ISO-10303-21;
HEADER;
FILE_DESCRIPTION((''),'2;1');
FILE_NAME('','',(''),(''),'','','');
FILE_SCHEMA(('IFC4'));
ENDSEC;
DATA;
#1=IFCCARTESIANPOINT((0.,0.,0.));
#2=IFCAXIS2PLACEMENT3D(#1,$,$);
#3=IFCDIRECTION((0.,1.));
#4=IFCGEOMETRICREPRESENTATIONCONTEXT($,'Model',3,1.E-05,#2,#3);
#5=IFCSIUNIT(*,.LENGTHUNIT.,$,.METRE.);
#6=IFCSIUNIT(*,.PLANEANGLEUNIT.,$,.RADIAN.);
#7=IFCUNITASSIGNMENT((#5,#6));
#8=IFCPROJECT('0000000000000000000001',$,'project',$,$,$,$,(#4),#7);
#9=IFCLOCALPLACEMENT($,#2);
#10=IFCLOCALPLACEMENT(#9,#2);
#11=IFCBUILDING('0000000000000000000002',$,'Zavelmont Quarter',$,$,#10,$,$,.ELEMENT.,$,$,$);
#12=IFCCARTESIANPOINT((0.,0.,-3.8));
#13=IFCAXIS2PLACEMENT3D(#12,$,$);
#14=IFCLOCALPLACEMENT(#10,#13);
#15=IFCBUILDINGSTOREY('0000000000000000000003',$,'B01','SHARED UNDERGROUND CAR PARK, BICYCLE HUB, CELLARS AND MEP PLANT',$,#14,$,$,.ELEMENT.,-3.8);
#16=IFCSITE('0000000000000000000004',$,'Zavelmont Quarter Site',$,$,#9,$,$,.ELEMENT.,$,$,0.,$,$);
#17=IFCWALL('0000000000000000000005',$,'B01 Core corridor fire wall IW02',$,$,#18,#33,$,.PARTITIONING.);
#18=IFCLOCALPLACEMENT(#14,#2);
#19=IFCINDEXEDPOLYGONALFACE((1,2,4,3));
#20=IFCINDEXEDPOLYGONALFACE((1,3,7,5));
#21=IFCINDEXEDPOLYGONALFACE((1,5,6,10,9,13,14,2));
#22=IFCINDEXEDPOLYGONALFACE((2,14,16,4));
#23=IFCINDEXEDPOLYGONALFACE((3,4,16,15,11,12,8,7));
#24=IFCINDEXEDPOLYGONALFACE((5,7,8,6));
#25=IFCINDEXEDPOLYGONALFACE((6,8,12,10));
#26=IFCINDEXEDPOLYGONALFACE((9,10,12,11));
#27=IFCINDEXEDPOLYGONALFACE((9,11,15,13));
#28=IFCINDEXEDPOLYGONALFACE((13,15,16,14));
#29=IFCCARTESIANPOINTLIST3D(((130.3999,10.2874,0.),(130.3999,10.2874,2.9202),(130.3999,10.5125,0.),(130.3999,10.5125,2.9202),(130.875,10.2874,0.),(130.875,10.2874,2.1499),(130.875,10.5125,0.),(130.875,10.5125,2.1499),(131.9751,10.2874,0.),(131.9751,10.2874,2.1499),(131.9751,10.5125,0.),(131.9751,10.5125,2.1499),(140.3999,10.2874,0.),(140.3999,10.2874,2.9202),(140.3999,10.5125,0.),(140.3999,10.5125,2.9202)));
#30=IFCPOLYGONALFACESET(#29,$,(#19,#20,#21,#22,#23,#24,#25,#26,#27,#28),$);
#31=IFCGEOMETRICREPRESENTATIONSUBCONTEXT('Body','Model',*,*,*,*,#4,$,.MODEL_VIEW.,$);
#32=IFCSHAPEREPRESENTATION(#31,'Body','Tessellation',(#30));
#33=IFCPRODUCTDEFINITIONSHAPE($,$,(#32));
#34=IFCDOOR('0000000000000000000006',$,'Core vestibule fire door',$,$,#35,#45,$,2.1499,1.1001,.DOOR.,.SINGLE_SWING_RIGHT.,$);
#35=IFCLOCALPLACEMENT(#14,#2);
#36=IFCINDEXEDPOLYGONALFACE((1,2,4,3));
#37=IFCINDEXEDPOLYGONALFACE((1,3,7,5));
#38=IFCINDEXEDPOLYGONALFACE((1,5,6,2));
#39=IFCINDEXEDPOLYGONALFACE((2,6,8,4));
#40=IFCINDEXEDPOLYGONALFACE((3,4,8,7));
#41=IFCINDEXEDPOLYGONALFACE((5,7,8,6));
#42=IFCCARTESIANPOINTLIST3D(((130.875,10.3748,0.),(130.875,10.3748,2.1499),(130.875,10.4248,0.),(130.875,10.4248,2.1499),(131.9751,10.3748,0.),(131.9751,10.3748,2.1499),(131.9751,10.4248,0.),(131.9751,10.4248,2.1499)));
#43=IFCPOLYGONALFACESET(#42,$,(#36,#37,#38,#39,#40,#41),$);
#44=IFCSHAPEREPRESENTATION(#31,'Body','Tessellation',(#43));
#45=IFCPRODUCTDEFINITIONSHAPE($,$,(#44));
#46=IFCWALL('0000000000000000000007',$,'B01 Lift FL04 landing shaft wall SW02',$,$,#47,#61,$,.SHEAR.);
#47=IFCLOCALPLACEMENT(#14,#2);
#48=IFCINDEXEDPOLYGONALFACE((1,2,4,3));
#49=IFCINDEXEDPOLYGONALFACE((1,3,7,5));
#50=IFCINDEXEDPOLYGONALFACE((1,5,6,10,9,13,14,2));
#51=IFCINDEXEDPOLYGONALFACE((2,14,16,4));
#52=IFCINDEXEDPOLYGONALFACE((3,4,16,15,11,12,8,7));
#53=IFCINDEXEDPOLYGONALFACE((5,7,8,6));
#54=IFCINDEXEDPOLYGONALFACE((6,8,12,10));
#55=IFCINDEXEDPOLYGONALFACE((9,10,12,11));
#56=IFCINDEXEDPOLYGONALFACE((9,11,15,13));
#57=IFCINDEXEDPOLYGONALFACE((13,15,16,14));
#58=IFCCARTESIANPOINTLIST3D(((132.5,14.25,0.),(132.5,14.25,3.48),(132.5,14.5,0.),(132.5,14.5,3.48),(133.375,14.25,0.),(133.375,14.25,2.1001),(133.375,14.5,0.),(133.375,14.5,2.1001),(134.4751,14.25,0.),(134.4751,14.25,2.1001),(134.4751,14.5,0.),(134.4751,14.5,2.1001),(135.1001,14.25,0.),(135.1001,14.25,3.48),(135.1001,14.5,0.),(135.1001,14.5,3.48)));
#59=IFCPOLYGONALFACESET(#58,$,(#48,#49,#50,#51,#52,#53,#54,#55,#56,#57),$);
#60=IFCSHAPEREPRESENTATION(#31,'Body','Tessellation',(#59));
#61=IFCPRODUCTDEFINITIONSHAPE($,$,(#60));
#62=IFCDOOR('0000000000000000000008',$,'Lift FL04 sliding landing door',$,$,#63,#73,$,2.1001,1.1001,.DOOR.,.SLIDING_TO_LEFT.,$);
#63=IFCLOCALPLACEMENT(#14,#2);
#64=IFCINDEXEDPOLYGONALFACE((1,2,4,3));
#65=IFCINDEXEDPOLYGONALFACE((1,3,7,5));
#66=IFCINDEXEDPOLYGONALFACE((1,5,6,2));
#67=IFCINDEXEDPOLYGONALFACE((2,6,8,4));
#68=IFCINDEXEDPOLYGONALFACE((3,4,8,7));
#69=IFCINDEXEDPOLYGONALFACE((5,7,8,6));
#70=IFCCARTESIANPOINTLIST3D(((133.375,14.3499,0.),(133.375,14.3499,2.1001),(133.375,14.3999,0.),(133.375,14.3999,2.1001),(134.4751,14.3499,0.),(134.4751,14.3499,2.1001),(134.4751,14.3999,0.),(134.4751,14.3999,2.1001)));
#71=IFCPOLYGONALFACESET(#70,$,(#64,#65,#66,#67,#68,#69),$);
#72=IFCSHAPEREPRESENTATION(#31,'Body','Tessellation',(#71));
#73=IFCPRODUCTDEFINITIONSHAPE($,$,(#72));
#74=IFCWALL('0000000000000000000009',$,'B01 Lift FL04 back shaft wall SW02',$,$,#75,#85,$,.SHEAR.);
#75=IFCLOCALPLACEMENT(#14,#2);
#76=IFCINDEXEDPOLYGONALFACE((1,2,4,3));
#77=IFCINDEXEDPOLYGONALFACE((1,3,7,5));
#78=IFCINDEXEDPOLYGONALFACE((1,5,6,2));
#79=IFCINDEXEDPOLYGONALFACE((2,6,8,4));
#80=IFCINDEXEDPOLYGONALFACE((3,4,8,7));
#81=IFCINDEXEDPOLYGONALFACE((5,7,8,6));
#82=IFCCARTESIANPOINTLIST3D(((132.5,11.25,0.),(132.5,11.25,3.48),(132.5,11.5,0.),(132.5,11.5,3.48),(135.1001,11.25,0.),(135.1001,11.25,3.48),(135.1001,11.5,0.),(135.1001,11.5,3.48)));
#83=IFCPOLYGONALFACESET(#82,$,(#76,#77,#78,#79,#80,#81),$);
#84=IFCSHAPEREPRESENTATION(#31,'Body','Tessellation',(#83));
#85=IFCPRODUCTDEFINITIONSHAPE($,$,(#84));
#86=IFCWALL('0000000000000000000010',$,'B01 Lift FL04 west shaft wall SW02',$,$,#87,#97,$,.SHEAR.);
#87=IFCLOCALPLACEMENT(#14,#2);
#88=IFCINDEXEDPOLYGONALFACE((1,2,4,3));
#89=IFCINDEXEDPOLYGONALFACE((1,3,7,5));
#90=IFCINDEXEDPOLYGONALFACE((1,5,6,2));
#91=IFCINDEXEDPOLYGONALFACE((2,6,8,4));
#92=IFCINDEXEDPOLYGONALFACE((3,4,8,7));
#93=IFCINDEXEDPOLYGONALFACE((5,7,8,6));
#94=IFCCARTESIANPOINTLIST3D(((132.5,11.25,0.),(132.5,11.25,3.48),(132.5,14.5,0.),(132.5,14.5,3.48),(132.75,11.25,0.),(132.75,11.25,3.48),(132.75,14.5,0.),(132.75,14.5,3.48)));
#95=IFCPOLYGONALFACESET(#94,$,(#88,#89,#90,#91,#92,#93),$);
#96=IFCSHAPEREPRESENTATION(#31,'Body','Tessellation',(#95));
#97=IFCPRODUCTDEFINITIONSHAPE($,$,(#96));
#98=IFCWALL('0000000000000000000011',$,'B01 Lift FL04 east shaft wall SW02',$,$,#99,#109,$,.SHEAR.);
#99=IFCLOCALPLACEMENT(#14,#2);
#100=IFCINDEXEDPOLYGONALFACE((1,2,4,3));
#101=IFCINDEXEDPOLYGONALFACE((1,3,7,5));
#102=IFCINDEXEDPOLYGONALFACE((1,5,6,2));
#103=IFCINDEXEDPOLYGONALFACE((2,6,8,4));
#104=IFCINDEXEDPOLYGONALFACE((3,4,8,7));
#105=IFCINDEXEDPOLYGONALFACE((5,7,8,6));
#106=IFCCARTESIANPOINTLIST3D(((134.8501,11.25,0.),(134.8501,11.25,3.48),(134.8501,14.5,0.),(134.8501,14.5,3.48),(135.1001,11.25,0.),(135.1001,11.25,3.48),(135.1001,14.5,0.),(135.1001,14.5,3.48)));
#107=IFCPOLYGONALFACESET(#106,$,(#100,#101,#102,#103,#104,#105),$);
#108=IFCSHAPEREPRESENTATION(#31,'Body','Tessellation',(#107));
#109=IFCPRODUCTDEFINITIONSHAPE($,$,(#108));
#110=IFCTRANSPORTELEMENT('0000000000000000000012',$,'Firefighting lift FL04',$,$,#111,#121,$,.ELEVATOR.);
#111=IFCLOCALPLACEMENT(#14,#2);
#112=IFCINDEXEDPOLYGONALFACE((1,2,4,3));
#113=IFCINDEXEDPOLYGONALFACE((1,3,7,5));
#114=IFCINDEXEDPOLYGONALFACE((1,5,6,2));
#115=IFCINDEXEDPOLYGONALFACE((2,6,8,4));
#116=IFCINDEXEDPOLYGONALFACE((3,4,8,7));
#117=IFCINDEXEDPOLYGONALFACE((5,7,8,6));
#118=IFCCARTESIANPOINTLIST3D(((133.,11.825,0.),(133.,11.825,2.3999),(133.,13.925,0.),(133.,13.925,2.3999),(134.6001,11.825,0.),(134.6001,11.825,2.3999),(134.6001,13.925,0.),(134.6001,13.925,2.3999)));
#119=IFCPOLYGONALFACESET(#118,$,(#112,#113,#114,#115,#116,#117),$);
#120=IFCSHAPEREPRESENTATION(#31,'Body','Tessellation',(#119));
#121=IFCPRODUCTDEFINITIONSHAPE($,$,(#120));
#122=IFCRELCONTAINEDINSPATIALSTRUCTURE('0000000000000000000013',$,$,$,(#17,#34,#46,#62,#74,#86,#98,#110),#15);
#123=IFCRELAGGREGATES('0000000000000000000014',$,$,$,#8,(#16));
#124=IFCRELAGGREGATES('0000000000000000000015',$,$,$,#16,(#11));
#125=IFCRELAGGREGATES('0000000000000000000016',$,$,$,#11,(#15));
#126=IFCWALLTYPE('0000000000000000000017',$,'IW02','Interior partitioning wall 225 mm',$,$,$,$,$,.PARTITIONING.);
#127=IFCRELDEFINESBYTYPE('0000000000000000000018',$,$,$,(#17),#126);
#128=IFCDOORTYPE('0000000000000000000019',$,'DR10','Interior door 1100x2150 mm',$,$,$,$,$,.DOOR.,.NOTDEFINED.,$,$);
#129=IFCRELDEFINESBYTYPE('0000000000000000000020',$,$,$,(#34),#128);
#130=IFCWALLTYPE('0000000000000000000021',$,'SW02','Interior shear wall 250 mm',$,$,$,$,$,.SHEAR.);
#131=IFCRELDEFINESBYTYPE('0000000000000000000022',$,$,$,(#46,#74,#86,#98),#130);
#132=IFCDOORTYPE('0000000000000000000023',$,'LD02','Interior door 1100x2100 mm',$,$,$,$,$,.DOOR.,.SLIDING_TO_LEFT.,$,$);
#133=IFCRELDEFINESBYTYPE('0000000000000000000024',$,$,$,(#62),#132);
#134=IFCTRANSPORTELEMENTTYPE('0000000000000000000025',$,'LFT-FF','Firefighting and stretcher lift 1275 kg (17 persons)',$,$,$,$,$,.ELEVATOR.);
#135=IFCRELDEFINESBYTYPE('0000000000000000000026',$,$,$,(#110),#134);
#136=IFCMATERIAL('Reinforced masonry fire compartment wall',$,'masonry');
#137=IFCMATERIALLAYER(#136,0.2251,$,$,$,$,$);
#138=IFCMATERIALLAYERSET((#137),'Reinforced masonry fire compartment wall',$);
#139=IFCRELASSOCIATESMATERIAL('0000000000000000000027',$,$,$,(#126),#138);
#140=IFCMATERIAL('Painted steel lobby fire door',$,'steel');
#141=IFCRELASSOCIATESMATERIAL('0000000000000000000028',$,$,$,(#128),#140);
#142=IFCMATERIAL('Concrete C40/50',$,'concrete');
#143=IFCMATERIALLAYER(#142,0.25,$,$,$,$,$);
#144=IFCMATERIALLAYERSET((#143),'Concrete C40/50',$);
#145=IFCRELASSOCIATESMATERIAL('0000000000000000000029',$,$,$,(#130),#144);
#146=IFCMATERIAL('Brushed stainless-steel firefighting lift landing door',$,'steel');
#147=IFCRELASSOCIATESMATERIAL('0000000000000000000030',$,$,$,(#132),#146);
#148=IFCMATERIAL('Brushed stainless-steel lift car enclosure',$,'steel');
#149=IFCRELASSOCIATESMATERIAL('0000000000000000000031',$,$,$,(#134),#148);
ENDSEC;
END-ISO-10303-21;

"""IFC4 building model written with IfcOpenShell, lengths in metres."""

from ifc_helpers import new_model, si_unit, direction, frame, frame_2d, origin, origin_with_axes, origin_2d, place, context, subcontext, project, spatial, rectangle, extrude, material, layer, layer_set, type_object, element, fill, save


model = new_model("IFC4")

# Units and contexts
model_context = context("Model", 3, precision=1e-05, world=origin(), true_north=direction((0.0, 1.0)))
body_context = subcontext(model_context, "Body", "Model", "MODEL_VIEW")
ifc_project = project(units=[si_unit("LENGTHUNIT", "METRE"), si_unit("PLANEANGLEUNIT", "RADIAN")], contexts=[model_context])

# Site, building, storey
site_placement = place(None, origin())
site = spatial("IfcSite", under=ifc_project, at=site_placement, Name="Zavelmont Quarter Site", CompositionType="ELEMENT", RefElevation=0.0)
building_placement = place(site_placement, origin())
building = spatial("IfcBuilding", under=site, at=building_placement, Name="Zavelmont Quarter", CompositionType="ELEMENT")
storey_placement = place(building_placement, frame((0.0, 0.0, -3.8)))
storey = spatial("IfcBuildingStorey", under=building, at=storey_placement, Name="B01", Description="SHARED UNDERGROUND CAR PARK, BICYCLE HUB, CELLARS AND MEP PLANT", CompositionType="ELEMENT", Elevation=-3.8)

# Shared definitions
ifc_material_1 = material(Name="Concrete C40/50", Category="concrete")

# Shared definitions
ifc_material_2 = material(Name="Reinforced masonry fire compartment wall", Category="masonry")
ifc_layer_1 = layer(ifc_material_2, 0.2251)
ifc_layer_set_1 = layer_set([ifc_layer_1], Name="Reinforced masonry fire compartment wall")
wall_type_1 = type_object("IfcWallType", Name="IW02", Description="Interior partitioning wall 225 mm", PredefinedType="PARTITIONING", material=ifc_layer_set_1)

# Walls, openings, doors
ifc_material_3 = material(Name="Painted steel lobby fire door", Category="steel")
door_type_1 = type_object("IfcDoorType", Name="DR10", Description="Interior door 1100x2150 mm", OperationType="NOTDEFINED", PredefinedType="DOOR", material=ifc_material_3)
wall_1_placement = place(storey_placement, frame((130.3999, 10.3999, 0.0), z_axis=(0.0, 0.0, 1.0), x_axis=(1.0, 0.0, 0.0)))
wall_1 = element("IfcWall", 1, at=wall_1_placement, inside=storey, type_object=wall_type_1, Name="B01 Core corridor fire wall IW02", PredefinedType="PARTITIONING", context=body_context, shape_type="SweptSolid", body=[
    extrude(rectangle(XDim=10.0, YDim=0.2251, at=frame_2d((5.0, 0.0))), origin(), (0.0, 0.0, 1.0), 2.9202),
])
opening_1_placement = place(wall_1_placement, frame((0.4751, 0.0, 0.0)))
opening_1 = element("IfcOpeningElement", 2, at=opening_1_placement, cuts=wall_1, PredefinedType="OPENING", context=body_context, shape_type="SweptSolid", body=[
    extrude(rectangle(XDim=1.1001, YDim=2.1499, at=frame_2d((0.55, 1.075))), frame((0.0, 0.1245, 0.0), z_axis=(0.0, -1.0, 0.0), x_axis=(1.0, 0.0, 0.0)), (0.0, 0.0, 1.0), 0.249),
])
door_1_placement = place(opening_1_placement, origin_with_axes())
door_1 = element("IfcDoor", 3, at=door_1_placement, inside=storey, type_object=door_type_1, Name="Core vestibule fire door", OperationType="SINGLE_SWING_RIGHT", OverallHeight=2.1499, OverallWidth=1.1001, PredefinedType="DOOR", context=body_context, shape_type="SweptSolid", body=[
    extrude(rectangle(XDim=1.1001, YDim=2.1499, at=frame_2d((0.55, 1.075))), frame((0.0, 0.0249, 0.0), z_axis=(0.0, -1.0, 0.0), x_axis=(1.0, 0.0, 0.0)), (0.0, 0.0, 1.0), 0.05),
])
fill(opening_1, door_1)
ifc_layer_2 = layer(ifc_material_1, 0.25)
ifc_layer_set_2 = layer_set([ifc_layer_2], Name="Concrete C40/50")
wall_type_2 = type_object("IfcWallType", Name="SW02", Description="Interior shear wall 250 mm", PredefinedType="SHEAR", material=ifc_layer_set_2)
wall_2_placement = place(storey_placement, frame((132.5, 14.375, 0.0), z_axis=(0.0, 0.0, 1.0), x_axis=(1.0, 0.0, 0.0)))
wall_2 = element("IfcWall", 4, at=wall_2_placement, inside=storey, type_object=wall_type_2, Name="B01 Lift FL04 landing shaft wall SW02", PredefinedType="SHEAR", context=body_context, shape_type="SweptSolid", body=[
    extrude(rectangle(XDim=2.6001, YDim=0.25, at=frame_2d((1.3, 0.0))), origin(), (0.0, 0.0, 1.0), 3.48),
])
opening_2_placement = place(wall_2_placement, frame((0.875, 0.0, 0.0)))
opening_2 = element("IfcOpeningElement", 5, at=opening_2_placement, cuts=wall_2, PredefinedType="OPENING", context=body_context, shape_type="SweptSolid", body=[
    extrude(rectangle(XDim=1.1001, YDim=2.1001, at=frame_2d((0.55, 1.05))), frame((0.0, 0.137, 0.0), z_axis=(0.0, -1.0, 0.0), x_axis=(1.0, 0.0, 0.0)), (0.0, 0.0, 1.0), 0.2739),
])
ifc_material_4 = material(Name="Brushed stainless-steel firefighting lift landing door", Category="steel")
door_type_2 = type_object("IfcDoorType", Name="LD02", Description="Interior door 1100x2100 mm", OperationType="SLIDING_TO_LEFT", PredefinedType="DOOR", material=ifc_material_4)
door_2_placement = place(opening_2_placement, origin_with_axes())
door_2 = element("IfcDoor", 6, at=door_2_placement, inside=storey, type_object=door_type_2, Name="Lift FL04 sliding landing door", OperationType="SLIDING_TO_LEFT", OverallHeight=2.1001, OverallWidth=1.1001, PredefinedType="DOOR", context=body_context, shape_type="SweptSolid", body=[
    extrude(rectangle(XDim=1.1001, YDim=2.1001, at=frame_2d((0.55, 1.05))), frame((0.0, 0.0249, 0.0), z_axis=(0.0, -1.0, 0.0), x_axis=(1.0, 0.0, 0.0)), (0.0, 0.0, 1.0), 0.05),
])
fill(opening_2, door_2)

# Walls
wall_3_placement = place(storey_placement, frame((132.5, 11.375, 0.0), z_axis=(0.0, 0.0, 1.0), x_axis=(1.0, 0.0, 0.0)))
element("IfcWall", 7, at=wall_3_placement, inside=storey, type_object=wall_type_2, Name="B01 Lift FL04 back shaft wall SW02", PredefinedType="SHEAR", context=body_context, shape_type="SweptSolid", body=[
    extrude(rectangle(XDim=2.6001, YDim=0.25, at=frame_2d((1.3, 0.0))), origin(), (0.0, 0.0, 1.0), 3.48),
])
for number, where, z_axis, x_axis, name in (
    (8, (132.625, 11.25, 0.0), (0.0, 0.0, 1.0), (0.0, 1.0, 0.0), "B01 Lift FL04 west shaft wall SW02"),
    (9, (134.9751, 11.25, 0.0), (0.0, 0.0, 1.0), (0.0, 1.0, 0.0), "B01 Lift FL04 east shaft wall SW02"),
):
    element("IfcWall", number, at=place(storey_placement, frame(where, z_axis=z_axis, x_axis=x_axis)), inside=storey, type_object=wall_type_2, Name=name, PredefinedType="SHEAR", context=body_context, shape_type="SweptSolid", body=[
        extrude(rectangle(XDim=3.25, YDim=0.25, at=frame_2d((1.625, 0.0))), origin(), (0.0, 0.0, 1.0), 3.48),
    ])

# Transport element
ifc_material_5 = material(Name="Brushed stainless-steel lift car enclosure", Category="steel")
transport_element_type = type_object("IfcTransportElementType", Name="LFT-FF", Description="Firefighting and stretcher lift 1275 kg (17 persons)", PredefinedType="ELEVATOR", material=ifc_material_5)
transport_element_placement = place(storey_placement, frame((133.8, 12.875, 0.0), z_axis=(0.0, 0.0, 1.0), x_axis=(1.0, 0.0, 0.0)))
element("IfcTransportElement", 10, at=transport_element_placement, inside=storey, type_object=transport_element_type, Name="Firefighting lift FL04", PredefinedType="ELEVATOR", context=body_context, shape_type="SweptSolid", body=[
    extrude(rectangle(XDim=1.6001, YDim=2.1001, at=origin_2d()), origin(), (0.0, 0.0, 1.0), 2.3999),
])

save(model, "model.ifc")
